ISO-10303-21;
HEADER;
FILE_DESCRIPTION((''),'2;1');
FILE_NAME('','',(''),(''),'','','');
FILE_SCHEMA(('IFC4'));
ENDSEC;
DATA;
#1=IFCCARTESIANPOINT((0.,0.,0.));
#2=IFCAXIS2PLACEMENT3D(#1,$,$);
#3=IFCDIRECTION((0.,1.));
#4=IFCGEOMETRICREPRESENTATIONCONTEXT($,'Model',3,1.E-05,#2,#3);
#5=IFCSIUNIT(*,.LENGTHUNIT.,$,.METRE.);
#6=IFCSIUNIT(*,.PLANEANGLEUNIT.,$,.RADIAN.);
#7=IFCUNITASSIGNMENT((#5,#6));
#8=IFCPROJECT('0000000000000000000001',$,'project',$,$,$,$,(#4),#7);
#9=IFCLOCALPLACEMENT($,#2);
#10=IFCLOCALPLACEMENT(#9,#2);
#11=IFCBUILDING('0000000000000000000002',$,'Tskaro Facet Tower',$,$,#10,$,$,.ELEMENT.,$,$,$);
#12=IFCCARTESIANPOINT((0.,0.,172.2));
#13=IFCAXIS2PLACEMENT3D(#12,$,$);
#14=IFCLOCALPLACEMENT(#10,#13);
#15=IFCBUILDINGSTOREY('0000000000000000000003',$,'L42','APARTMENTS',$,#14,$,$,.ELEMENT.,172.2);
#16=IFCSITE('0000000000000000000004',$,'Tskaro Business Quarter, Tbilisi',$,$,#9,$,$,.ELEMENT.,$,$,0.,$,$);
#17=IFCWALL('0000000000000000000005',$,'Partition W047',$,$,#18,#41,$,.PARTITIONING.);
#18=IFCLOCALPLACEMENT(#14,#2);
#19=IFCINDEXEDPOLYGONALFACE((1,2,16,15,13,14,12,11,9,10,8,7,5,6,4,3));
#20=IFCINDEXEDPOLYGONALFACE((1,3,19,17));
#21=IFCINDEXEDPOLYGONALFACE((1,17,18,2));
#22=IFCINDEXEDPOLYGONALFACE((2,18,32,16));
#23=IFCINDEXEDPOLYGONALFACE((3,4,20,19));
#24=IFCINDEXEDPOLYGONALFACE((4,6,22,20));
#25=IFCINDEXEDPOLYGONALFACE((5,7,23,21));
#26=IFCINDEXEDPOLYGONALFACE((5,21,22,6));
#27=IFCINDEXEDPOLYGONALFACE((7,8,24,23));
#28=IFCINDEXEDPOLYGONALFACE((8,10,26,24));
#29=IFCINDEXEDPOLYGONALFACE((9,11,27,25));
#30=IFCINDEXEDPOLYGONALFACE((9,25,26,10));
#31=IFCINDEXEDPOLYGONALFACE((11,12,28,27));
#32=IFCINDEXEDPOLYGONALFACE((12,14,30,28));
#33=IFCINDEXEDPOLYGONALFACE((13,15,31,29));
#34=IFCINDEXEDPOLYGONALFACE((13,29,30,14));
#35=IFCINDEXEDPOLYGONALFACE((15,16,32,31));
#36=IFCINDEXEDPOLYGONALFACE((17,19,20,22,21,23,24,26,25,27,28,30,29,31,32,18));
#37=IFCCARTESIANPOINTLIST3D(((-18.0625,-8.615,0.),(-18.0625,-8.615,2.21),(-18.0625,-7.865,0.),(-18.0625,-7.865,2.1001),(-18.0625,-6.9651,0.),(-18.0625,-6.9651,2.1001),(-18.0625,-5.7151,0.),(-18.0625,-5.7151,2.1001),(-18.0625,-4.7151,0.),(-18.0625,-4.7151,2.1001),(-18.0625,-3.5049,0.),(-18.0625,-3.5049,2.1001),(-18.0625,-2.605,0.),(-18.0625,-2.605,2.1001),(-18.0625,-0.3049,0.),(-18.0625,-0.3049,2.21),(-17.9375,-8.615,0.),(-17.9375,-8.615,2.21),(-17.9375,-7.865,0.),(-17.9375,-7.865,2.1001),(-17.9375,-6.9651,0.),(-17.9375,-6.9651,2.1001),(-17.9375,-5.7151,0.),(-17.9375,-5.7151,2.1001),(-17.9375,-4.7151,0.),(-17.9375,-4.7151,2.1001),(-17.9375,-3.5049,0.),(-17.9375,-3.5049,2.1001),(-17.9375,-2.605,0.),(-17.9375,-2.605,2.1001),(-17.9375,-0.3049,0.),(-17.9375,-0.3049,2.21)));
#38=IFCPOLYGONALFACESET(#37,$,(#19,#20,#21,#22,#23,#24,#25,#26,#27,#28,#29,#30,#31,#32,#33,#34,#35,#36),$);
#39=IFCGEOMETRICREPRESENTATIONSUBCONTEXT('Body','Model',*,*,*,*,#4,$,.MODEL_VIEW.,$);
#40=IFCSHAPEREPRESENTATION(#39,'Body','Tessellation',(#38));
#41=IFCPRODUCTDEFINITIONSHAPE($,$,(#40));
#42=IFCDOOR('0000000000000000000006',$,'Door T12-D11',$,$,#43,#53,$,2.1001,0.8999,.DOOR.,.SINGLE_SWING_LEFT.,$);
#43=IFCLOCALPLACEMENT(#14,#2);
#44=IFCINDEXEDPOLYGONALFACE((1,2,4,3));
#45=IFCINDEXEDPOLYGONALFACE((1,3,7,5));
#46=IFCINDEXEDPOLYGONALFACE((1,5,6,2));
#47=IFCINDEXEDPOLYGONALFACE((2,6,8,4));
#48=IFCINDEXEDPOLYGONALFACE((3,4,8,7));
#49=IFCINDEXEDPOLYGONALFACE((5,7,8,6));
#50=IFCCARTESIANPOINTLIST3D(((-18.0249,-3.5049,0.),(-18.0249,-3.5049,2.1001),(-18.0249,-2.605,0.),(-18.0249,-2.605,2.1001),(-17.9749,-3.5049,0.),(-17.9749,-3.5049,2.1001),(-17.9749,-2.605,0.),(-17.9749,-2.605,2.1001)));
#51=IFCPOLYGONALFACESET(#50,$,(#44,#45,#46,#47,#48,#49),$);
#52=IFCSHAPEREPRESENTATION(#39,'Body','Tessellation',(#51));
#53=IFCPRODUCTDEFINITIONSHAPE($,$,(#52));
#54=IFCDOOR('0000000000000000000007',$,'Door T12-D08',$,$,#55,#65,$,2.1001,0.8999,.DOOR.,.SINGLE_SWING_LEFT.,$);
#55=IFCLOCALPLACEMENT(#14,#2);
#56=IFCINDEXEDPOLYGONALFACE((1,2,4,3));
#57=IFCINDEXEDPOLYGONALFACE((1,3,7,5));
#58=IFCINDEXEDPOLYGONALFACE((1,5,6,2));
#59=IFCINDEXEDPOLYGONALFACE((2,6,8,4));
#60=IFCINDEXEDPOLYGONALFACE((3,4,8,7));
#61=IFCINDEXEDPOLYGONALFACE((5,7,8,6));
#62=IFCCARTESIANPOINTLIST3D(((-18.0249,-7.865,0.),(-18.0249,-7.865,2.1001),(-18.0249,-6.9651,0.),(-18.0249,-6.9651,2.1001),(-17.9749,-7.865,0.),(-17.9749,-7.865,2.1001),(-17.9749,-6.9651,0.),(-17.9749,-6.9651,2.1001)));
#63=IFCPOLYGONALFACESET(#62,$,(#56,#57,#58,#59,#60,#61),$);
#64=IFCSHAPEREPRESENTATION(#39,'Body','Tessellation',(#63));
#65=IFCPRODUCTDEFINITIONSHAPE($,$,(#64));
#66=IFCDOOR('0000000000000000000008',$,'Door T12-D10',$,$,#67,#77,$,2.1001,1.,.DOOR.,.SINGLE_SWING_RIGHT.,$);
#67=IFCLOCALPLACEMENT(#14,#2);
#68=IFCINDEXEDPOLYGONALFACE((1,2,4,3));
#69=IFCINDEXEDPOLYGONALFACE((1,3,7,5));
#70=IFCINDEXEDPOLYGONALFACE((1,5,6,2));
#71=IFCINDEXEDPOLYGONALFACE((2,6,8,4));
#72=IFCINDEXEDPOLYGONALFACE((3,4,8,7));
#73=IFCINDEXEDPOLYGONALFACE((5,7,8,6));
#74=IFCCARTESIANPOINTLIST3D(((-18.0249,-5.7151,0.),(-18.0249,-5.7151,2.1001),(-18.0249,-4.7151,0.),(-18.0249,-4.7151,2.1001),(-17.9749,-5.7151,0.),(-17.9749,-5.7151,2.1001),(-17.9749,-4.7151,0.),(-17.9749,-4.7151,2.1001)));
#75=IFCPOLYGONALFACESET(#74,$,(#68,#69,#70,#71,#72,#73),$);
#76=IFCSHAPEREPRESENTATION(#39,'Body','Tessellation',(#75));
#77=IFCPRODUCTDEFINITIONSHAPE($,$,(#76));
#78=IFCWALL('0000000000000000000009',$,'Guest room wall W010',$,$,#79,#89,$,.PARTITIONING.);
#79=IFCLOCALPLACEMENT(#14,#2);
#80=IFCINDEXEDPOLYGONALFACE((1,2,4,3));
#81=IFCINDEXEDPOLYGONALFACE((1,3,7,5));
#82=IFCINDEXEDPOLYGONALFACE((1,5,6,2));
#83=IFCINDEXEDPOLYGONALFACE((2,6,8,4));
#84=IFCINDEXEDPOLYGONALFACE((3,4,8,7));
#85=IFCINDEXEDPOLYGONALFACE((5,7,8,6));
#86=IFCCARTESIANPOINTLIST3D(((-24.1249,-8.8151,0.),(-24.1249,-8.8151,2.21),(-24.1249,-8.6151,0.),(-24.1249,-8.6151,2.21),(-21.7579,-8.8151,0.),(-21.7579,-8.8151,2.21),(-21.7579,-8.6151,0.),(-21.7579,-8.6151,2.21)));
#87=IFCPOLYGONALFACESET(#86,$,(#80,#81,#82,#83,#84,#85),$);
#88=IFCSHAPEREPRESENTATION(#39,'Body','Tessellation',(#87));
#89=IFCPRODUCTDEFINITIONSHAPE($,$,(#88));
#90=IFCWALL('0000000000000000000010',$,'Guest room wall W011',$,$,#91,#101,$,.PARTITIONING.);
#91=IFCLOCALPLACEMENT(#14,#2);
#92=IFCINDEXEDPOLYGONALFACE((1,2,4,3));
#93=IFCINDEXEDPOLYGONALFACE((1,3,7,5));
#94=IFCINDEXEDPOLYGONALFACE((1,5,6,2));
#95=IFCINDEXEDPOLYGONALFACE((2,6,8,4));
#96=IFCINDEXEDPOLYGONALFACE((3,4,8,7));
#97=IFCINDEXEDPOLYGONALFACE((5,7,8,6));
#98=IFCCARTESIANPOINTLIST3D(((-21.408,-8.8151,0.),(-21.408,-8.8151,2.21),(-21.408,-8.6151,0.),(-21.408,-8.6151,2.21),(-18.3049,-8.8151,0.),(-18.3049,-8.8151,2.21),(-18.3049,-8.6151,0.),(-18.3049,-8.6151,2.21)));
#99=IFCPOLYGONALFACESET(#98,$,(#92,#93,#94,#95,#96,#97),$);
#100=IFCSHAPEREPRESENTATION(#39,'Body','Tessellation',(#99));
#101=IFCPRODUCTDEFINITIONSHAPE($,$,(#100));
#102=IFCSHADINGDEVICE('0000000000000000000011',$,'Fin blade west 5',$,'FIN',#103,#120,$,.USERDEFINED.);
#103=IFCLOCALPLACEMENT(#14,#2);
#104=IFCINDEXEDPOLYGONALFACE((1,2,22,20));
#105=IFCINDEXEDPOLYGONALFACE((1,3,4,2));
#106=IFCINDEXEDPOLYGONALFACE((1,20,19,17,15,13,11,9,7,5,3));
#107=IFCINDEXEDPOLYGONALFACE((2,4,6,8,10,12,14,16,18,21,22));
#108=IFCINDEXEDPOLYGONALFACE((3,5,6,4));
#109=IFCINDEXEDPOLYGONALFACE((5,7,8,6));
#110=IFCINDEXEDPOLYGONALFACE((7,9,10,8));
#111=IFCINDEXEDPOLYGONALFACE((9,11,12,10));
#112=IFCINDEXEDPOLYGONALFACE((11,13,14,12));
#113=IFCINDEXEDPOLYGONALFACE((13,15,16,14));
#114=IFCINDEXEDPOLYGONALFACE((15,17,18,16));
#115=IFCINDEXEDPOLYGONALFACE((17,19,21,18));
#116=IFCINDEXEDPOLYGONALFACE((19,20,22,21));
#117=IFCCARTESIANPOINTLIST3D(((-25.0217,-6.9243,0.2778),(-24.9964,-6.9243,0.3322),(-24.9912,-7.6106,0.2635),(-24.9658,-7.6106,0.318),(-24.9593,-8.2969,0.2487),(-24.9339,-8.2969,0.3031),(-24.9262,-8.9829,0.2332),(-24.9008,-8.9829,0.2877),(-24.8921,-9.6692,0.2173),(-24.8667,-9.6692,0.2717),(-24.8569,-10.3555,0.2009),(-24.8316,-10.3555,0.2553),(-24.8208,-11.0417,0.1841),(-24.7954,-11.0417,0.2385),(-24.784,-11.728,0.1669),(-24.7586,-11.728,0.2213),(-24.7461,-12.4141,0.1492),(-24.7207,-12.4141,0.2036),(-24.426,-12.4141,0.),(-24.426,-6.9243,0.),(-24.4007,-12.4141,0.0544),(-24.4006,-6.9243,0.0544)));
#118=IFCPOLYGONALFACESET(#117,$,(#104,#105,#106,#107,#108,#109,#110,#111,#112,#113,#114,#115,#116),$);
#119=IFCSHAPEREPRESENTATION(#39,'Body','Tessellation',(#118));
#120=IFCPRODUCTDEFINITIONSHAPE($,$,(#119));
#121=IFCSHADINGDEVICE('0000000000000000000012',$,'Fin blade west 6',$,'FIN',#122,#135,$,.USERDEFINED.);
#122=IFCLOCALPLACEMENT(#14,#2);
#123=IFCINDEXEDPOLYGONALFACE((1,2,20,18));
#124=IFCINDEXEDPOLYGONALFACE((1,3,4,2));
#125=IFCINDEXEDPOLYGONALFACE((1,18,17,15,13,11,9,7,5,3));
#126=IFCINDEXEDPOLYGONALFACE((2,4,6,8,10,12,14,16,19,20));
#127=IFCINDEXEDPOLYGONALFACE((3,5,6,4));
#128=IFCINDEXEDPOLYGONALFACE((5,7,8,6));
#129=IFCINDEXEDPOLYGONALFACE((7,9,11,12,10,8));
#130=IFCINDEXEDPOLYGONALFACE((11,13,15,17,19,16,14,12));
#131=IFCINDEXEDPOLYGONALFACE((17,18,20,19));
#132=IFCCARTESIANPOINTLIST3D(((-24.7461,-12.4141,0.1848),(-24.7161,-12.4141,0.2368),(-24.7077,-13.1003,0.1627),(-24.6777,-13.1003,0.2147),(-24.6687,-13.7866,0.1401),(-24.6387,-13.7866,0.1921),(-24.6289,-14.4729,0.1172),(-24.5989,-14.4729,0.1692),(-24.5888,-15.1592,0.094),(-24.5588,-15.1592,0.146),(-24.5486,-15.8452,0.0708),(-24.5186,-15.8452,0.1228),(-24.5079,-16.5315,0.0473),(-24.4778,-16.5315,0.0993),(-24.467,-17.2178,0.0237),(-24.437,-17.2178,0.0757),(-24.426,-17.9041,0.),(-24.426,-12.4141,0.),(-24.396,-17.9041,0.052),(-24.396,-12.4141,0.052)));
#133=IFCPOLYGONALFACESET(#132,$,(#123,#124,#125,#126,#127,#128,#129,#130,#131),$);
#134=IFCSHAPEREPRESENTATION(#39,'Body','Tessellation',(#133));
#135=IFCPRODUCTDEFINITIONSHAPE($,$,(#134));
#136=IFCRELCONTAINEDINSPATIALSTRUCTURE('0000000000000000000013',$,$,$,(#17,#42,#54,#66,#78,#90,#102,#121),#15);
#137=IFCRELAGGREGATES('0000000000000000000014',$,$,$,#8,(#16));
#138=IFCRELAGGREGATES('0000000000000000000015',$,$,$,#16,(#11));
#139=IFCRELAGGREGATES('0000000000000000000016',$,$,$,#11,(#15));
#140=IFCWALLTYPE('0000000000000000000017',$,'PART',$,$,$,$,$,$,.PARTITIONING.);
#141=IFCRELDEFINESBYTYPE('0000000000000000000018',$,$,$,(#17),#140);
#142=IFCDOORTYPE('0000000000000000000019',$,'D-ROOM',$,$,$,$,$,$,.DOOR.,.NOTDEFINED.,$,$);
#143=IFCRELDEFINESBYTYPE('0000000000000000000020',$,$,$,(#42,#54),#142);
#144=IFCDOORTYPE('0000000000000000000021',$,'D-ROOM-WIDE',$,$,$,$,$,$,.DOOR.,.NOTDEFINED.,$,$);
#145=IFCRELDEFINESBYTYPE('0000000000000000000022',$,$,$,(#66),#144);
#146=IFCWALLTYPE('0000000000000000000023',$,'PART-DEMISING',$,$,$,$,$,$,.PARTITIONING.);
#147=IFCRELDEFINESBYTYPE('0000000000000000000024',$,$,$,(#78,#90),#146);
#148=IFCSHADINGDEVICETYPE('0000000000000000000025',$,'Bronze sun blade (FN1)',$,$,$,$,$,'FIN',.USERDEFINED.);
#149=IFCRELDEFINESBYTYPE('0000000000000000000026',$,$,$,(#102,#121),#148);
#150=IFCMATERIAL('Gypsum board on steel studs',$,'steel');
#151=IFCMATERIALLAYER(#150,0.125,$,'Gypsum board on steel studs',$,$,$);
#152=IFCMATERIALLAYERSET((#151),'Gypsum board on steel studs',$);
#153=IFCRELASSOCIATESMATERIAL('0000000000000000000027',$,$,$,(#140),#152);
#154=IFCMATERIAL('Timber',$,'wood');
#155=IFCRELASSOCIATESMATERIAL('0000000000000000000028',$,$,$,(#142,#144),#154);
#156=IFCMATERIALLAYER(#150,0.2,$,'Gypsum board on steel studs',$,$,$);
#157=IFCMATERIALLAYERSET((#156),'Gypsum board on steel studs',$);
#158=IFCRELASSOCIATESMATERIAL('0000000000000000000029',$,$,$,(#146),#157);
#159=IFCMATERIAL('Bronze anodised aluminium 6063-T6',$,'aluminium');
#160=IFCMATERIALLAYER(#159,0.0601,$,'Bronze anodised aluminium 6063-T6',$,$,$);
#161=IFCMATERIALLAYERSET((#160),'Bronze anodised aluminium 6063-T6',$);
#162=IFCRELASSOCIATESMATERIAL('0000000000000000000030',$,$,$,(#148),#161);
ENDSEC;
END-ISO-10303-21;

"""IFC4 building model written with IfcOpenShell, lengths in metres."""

from ifc_helpers import new_model, si_unit, direction, frame, frame_2d, origin, place, context, subcontext, project, spatial, polyline, rectangle, outline, extrude, material, layer, layer_set, type_object, element, fill, save


model = new_model("IFC4")

# Units and contexts
model_context = context("Model", 3, precision=1e-05, world=origin(), true_north=direction((0.0, 1.0)))
body_context = subcontext(model_context, "Body", "Model", "MODEL_VIEW")
ifc_project = project(units=[si_unit("LENGTHUNIT", "METRE"), si_unit("PLANEANGLEUNIT", "RADIAN")], contexts=[model_context])

# Site, building, storey
site_placement = place(None, origin())
site = spatial("IfcSite", under=ifc_project, at=site_placement, Name="Tskaro Business Quarter, Tbilisi", CompositionType="ELEMENT", RefElevation=0.0)
building_placement = place(site_placement, origin())
building = spatial("IfcBuilding", under=site, at=building_placement, Name="Tskaro Facet Tower", CompositionType="ELEMENT")
storey_placement = place(building_placement, frame((0.0, 0.0, 172.2)))
storey = spatial("IfcBuildingStorey", under=building, at=storey_placement, Name="L42", Description="APARTMENTS", CompositionType="ELEMENT", Elevation=172.2)

# Shared definitions
ifc_material_1 = material(Name="Bronze anodised aluminium 6063-T6", Category="aluminium")

# Shared definitions
ifc_material_2 = material(Name="Gypsum board on steel studs", Category="steel")
ifc_layer_1 = layer(ifc_material_2, 0.125, Name="Gypsum board on steel studs")
ifc_layer_set_1 = layer_set([ifc_layer_1], Name="Gypsum board on steel studs")
wall_type_1 = type_object("IfcWallType", Name="PART", PredefinedType="PARTITIONING", material=ifc_layer_set_1)
ifc_material_3 = material(Name="Timber", Category="wood")
door_type_1 = type_object("IfcDoorType", Name="D-ROOM", OperationType="NOTDEFINED", PredefinedType="DOOR", material=ifc_material_3)

# Wall, openings, doors
wall_1_placement = place(storey_placement, frame((-18.0, -8.615, 0.0), z_axis=(0.0, 0.0, 1.0), x_axis=(0.0, 1.0, 0.0)))
wall_1 = element("IfcWall", 1, at=wall_1_placement, inside=storey, type_object=wall_type_1, Name="Partition W047", PredefinedType="PARTITIONING", context=body_context, shape_type="SweptSolid", body=[
    extrude(rectangle(XDim=8.3101, YDim=0.125, at=frame_2d((4.155, 0.0))), origin(), (0.0, 0.0, 1.0), 2.21),
])
opening_1_placement = place(wall_1_placement, frame((5.1101, 0.0, 0.0)))
opening_1 = element("IfcOpeningElement", 2, at=opening_1_placement, cuts=wall_1, PredefinedType="OPENING", context=body_context, shape_type="SweptSolid", body=[
    extrude(rectangle(XDim=0.8999, YDim=2.1001, at=frame_2d((0.45, 1.05))), frame((0.0, 0.0725, 0.0), z_axis=(0.0, -1.0, 0.0), x_axis=(1.0, 0.0, 0.0)), (0.0, 0.0, 1.0), 0.145),
])
opening_2_placement = place(wall_1_placement, frame((2.8999, 0.0, 0.0)))
opening_2 = element("IfcOpeningElement", 3, at=opening_2_placement, cuts=wall_1, PredefinedType="OPENING", context=body_context, shape_type="SweptSolid", body=[
    extrude(rectangle(XDim=1.0, YDim=2.1001, at=frame_2d((0.5, 1.05))), frame((0.0, 0.0725, 0.0), z_axis=(0.0, -1.0, 0.0), x_axis=(1.0, 0.0, 0.0)), (0.0, 0.0, 1.0), 0.145),
])
opening_3_placement = place(wall_1_placement, frame((0.75, 0.0, 0.0)))
opening_3 = element("IfcOpeningElement", 4, at=opening_3_placement, cuts=wall_1, PredefinedType="OPENING", context=body_context, shape_type="SweptSolid", body=[
    extrude(rectangle(XDim=0.8999, YDim=2.1001, at=frame_2d((0.45, 1.05))), frame((0.0, 0.0725, 0.0), z_axis=(0.0, -1.0, 0.0), x_axis=(1.0, 0.0, 0.0)), (0.0, 0.0, 1.0), 0.145),
])
door_1_placement = place(opening_1_placement, origin())
door_1 = element("IfcDoor", 5, at=door_1_placement, inside=storey, type_object=door_type_1, Name="Door T12-D11", OperationType="SINGLE_SWING_LEFT", OverallHeight=2.1001, OverallWidth=0.8999, PredefinedType="DOOR", context=body_context, shape_type="SweptSolid", body=[
    extrude(rectangle(XDim=0.8999, YDim=2.1001, at=frame_2d((0.45, 1.05))), frame((0.0, 0.0249, 0.0), z_axis=(0.0, -1.0, 0.0), x_axis=(1.0, 0.0, 0.0)), (0.0, 0.0, 1.0), 0.05),
])
fill(opening_1, door_1)
door_2_placement = place(opening_3_placement, origin())
door_2 = element("IfcDoor", 6, at=door_2_placement, inside=storey, type_object=door_type_1, Name="Door T12-D08", OperationType="SINGLE_SWING_LEFT", OverallHeight=2.1001, OverallWidth=0.8999, PredefinedType="DOOR", context=body_context, shape_type="SweptSolid", body=[
    extrude(rectangle(XDim=0.8999, YDim=2.1001, at=frame_2d((0.45, 1.05))), frame((0.0, 0.0249, 0.0), z_axis=(0.0, -1.0, 0.0), x_axis=(1.0, 0.0, 0.0)), (0.0, 0.0, 1.0), 0.05),
])
fill(opening_3, door_2)
door_type_2 = type_object("IfcDoorType", Name="D-ROOM-WIDE", OperationType="NOTDEFINED", PredefinedType="DOOR", material=ifc_material_3)
door_3_placement = place(opening_2_placement, origin())
door_3 = element("IfcDoor", 7, at=door_3_placement, inside=storey, type_object=door_type_2, Name="Door T12-D10", OperationType="SINGLE_SWING_RIGHT", OverallHeight=2.1001, OverallWidth=1.0, PredefinedType="DOOR", context=body_context, shape_type="SweptSolid", body=[
    extrude(rectangle(XDim=1.0, YDim=2.1001, at=frame_2d((0.5, 1.05))), frame((0.0, 0.0249, 0.0), z_axis=(0.0, -1.0, 0.0), x_axis=(1.0, 0.0, 0.0)), (0.0, 0.0, 1.0), 0.05),
])
fill(opening_2, door_3)

# Walls
ifc_layer_2 = layer(ifc_material_2, 0.2, Name="Gypsum board on steel studs")
ifc_layer_set_2 = layer_set([ifc_layer_2], Name="Gypsum board on steel studs")
wall_type_2 = type_object("IfcWallType", Name="PART-DEMISING", PredefinedType="PARTITIONING", material=ifc_layer_set_2)
wall_2_placement = place(storey_placement, frame((-24.125, -8.7151, 0.0), z_axis=(0.0, 0.0, 1.0), x_axis=(1.0, 0.0, 0.0)))
element("IfcWall", 8, at=wall_2_placement, inside=storey, type_object=wall_type_2, Name="Guest room wall W010", PredefinedType="PARTITIONING", context=body_context, shape_type="SweptSolid", body=[
    extrude(rectangle(XDim=2.3669, YDim=0.2, at=frame_2d((1.1836, 0.0))), origin(), (0.0, 0.0, 1.0), 2.21),
])
wall_3_placement = place(storey_placement, frame((-21.408, -8.7151, 0.0), z_axis=(0.0, 0.0, 1.0), x_axis=(1.0, 0.0, 0.0)))
element("IfcWall", 9, at=wall_3_placement, inside=storey, type_object=wall_type_2, Name="Guest room wall W011", PredefinedType="PARTITIONING", context=body_context, shape_type="SweptSolid", body=[
    extrude(rectangle(XDim=3.103, YDim=0.2, at=frame_2d((1.5515, 0.0))), origin(), (0.0, 0.0, 1.0), 2.21),
])

# Shading devices
ifc_layer_3 = layer(ifc_material_1, 0.0601, Name="Bronze anodised aluminium 6063-T6")
ifc_layer_set_3 = layer_set([ifc_layer_3], Name="Bronze anodised aluminium 6063-T6")
shading_device_type = type_object("IfcShadingDeviceType", Name="Bronze sun blade (FN1)", ElementType="FIN", PredefinedType="USERDEFINED", material=ifc_layer_set_3)
shading_device_1_placement = place(storey_placement, frame((-24.4006, -6.9243, 0.0544), z_axis=(0.422604, -0.000011, 0.906314), x_axis=(-0.000005, -1.0, -0.00001)))
element("IfcShadingDevice", 10, at=shading_device_1_placement, inside=storey, type_object=shading_device_type, Name="Fin blade west 5", ObjectType="FIN", PredefinedType="USERDEFINED", context=body_context, shape_type="SweptSolid", body=[
    extrude(outline(polyline([(0.0, 0.0), (5.4897, 0.0), (5.4897, -0.3531), (4.8037, -0.395), (4.1174, -0.4356), (3.4312, -0.4755), (2.7449, -0.5142), (2.0586, -0.5519), (1.3726, -0.5884), (0.6863, -0.6236), (0.0, -0.6573), (0.0, 0.0)])), origin(), (0.0, 0.0, -1.0), 0.0601),
])
shading_device_2_placement = place(storey_placement, frame((-24.396, -12.4141, 0.052), z_axis=(0.500097, 0.000004, 0.86597), x_axis=(0.000002, -1.0, 0.000004)))
element("IfcShadingDevice", 11, at=shading_device_2_placement, inside=storey, type_object=shading_device_type, Name="Fin blade west 6", ObjectType="FIN", PredefinedType="USERDEFINED", context=body_context, shape_type="SweptSolid", body=[
    extrude(outline(polyline([(0.0, 0.0), (5.49, 0.0), (4.8037, -0.0474), (4.1174, -0.0945), (3.4312, -0.1415), (2.7451, -0.188), (2.0588, -0.2343), (1.3726, -0.2802), (0.6863, -0.3253), (0.0, -0.3696), (0.0, 0.0)])), origin(), (0.0, 0.0, -1.0), 0.0601),
])

save(model, "model.ifc")
